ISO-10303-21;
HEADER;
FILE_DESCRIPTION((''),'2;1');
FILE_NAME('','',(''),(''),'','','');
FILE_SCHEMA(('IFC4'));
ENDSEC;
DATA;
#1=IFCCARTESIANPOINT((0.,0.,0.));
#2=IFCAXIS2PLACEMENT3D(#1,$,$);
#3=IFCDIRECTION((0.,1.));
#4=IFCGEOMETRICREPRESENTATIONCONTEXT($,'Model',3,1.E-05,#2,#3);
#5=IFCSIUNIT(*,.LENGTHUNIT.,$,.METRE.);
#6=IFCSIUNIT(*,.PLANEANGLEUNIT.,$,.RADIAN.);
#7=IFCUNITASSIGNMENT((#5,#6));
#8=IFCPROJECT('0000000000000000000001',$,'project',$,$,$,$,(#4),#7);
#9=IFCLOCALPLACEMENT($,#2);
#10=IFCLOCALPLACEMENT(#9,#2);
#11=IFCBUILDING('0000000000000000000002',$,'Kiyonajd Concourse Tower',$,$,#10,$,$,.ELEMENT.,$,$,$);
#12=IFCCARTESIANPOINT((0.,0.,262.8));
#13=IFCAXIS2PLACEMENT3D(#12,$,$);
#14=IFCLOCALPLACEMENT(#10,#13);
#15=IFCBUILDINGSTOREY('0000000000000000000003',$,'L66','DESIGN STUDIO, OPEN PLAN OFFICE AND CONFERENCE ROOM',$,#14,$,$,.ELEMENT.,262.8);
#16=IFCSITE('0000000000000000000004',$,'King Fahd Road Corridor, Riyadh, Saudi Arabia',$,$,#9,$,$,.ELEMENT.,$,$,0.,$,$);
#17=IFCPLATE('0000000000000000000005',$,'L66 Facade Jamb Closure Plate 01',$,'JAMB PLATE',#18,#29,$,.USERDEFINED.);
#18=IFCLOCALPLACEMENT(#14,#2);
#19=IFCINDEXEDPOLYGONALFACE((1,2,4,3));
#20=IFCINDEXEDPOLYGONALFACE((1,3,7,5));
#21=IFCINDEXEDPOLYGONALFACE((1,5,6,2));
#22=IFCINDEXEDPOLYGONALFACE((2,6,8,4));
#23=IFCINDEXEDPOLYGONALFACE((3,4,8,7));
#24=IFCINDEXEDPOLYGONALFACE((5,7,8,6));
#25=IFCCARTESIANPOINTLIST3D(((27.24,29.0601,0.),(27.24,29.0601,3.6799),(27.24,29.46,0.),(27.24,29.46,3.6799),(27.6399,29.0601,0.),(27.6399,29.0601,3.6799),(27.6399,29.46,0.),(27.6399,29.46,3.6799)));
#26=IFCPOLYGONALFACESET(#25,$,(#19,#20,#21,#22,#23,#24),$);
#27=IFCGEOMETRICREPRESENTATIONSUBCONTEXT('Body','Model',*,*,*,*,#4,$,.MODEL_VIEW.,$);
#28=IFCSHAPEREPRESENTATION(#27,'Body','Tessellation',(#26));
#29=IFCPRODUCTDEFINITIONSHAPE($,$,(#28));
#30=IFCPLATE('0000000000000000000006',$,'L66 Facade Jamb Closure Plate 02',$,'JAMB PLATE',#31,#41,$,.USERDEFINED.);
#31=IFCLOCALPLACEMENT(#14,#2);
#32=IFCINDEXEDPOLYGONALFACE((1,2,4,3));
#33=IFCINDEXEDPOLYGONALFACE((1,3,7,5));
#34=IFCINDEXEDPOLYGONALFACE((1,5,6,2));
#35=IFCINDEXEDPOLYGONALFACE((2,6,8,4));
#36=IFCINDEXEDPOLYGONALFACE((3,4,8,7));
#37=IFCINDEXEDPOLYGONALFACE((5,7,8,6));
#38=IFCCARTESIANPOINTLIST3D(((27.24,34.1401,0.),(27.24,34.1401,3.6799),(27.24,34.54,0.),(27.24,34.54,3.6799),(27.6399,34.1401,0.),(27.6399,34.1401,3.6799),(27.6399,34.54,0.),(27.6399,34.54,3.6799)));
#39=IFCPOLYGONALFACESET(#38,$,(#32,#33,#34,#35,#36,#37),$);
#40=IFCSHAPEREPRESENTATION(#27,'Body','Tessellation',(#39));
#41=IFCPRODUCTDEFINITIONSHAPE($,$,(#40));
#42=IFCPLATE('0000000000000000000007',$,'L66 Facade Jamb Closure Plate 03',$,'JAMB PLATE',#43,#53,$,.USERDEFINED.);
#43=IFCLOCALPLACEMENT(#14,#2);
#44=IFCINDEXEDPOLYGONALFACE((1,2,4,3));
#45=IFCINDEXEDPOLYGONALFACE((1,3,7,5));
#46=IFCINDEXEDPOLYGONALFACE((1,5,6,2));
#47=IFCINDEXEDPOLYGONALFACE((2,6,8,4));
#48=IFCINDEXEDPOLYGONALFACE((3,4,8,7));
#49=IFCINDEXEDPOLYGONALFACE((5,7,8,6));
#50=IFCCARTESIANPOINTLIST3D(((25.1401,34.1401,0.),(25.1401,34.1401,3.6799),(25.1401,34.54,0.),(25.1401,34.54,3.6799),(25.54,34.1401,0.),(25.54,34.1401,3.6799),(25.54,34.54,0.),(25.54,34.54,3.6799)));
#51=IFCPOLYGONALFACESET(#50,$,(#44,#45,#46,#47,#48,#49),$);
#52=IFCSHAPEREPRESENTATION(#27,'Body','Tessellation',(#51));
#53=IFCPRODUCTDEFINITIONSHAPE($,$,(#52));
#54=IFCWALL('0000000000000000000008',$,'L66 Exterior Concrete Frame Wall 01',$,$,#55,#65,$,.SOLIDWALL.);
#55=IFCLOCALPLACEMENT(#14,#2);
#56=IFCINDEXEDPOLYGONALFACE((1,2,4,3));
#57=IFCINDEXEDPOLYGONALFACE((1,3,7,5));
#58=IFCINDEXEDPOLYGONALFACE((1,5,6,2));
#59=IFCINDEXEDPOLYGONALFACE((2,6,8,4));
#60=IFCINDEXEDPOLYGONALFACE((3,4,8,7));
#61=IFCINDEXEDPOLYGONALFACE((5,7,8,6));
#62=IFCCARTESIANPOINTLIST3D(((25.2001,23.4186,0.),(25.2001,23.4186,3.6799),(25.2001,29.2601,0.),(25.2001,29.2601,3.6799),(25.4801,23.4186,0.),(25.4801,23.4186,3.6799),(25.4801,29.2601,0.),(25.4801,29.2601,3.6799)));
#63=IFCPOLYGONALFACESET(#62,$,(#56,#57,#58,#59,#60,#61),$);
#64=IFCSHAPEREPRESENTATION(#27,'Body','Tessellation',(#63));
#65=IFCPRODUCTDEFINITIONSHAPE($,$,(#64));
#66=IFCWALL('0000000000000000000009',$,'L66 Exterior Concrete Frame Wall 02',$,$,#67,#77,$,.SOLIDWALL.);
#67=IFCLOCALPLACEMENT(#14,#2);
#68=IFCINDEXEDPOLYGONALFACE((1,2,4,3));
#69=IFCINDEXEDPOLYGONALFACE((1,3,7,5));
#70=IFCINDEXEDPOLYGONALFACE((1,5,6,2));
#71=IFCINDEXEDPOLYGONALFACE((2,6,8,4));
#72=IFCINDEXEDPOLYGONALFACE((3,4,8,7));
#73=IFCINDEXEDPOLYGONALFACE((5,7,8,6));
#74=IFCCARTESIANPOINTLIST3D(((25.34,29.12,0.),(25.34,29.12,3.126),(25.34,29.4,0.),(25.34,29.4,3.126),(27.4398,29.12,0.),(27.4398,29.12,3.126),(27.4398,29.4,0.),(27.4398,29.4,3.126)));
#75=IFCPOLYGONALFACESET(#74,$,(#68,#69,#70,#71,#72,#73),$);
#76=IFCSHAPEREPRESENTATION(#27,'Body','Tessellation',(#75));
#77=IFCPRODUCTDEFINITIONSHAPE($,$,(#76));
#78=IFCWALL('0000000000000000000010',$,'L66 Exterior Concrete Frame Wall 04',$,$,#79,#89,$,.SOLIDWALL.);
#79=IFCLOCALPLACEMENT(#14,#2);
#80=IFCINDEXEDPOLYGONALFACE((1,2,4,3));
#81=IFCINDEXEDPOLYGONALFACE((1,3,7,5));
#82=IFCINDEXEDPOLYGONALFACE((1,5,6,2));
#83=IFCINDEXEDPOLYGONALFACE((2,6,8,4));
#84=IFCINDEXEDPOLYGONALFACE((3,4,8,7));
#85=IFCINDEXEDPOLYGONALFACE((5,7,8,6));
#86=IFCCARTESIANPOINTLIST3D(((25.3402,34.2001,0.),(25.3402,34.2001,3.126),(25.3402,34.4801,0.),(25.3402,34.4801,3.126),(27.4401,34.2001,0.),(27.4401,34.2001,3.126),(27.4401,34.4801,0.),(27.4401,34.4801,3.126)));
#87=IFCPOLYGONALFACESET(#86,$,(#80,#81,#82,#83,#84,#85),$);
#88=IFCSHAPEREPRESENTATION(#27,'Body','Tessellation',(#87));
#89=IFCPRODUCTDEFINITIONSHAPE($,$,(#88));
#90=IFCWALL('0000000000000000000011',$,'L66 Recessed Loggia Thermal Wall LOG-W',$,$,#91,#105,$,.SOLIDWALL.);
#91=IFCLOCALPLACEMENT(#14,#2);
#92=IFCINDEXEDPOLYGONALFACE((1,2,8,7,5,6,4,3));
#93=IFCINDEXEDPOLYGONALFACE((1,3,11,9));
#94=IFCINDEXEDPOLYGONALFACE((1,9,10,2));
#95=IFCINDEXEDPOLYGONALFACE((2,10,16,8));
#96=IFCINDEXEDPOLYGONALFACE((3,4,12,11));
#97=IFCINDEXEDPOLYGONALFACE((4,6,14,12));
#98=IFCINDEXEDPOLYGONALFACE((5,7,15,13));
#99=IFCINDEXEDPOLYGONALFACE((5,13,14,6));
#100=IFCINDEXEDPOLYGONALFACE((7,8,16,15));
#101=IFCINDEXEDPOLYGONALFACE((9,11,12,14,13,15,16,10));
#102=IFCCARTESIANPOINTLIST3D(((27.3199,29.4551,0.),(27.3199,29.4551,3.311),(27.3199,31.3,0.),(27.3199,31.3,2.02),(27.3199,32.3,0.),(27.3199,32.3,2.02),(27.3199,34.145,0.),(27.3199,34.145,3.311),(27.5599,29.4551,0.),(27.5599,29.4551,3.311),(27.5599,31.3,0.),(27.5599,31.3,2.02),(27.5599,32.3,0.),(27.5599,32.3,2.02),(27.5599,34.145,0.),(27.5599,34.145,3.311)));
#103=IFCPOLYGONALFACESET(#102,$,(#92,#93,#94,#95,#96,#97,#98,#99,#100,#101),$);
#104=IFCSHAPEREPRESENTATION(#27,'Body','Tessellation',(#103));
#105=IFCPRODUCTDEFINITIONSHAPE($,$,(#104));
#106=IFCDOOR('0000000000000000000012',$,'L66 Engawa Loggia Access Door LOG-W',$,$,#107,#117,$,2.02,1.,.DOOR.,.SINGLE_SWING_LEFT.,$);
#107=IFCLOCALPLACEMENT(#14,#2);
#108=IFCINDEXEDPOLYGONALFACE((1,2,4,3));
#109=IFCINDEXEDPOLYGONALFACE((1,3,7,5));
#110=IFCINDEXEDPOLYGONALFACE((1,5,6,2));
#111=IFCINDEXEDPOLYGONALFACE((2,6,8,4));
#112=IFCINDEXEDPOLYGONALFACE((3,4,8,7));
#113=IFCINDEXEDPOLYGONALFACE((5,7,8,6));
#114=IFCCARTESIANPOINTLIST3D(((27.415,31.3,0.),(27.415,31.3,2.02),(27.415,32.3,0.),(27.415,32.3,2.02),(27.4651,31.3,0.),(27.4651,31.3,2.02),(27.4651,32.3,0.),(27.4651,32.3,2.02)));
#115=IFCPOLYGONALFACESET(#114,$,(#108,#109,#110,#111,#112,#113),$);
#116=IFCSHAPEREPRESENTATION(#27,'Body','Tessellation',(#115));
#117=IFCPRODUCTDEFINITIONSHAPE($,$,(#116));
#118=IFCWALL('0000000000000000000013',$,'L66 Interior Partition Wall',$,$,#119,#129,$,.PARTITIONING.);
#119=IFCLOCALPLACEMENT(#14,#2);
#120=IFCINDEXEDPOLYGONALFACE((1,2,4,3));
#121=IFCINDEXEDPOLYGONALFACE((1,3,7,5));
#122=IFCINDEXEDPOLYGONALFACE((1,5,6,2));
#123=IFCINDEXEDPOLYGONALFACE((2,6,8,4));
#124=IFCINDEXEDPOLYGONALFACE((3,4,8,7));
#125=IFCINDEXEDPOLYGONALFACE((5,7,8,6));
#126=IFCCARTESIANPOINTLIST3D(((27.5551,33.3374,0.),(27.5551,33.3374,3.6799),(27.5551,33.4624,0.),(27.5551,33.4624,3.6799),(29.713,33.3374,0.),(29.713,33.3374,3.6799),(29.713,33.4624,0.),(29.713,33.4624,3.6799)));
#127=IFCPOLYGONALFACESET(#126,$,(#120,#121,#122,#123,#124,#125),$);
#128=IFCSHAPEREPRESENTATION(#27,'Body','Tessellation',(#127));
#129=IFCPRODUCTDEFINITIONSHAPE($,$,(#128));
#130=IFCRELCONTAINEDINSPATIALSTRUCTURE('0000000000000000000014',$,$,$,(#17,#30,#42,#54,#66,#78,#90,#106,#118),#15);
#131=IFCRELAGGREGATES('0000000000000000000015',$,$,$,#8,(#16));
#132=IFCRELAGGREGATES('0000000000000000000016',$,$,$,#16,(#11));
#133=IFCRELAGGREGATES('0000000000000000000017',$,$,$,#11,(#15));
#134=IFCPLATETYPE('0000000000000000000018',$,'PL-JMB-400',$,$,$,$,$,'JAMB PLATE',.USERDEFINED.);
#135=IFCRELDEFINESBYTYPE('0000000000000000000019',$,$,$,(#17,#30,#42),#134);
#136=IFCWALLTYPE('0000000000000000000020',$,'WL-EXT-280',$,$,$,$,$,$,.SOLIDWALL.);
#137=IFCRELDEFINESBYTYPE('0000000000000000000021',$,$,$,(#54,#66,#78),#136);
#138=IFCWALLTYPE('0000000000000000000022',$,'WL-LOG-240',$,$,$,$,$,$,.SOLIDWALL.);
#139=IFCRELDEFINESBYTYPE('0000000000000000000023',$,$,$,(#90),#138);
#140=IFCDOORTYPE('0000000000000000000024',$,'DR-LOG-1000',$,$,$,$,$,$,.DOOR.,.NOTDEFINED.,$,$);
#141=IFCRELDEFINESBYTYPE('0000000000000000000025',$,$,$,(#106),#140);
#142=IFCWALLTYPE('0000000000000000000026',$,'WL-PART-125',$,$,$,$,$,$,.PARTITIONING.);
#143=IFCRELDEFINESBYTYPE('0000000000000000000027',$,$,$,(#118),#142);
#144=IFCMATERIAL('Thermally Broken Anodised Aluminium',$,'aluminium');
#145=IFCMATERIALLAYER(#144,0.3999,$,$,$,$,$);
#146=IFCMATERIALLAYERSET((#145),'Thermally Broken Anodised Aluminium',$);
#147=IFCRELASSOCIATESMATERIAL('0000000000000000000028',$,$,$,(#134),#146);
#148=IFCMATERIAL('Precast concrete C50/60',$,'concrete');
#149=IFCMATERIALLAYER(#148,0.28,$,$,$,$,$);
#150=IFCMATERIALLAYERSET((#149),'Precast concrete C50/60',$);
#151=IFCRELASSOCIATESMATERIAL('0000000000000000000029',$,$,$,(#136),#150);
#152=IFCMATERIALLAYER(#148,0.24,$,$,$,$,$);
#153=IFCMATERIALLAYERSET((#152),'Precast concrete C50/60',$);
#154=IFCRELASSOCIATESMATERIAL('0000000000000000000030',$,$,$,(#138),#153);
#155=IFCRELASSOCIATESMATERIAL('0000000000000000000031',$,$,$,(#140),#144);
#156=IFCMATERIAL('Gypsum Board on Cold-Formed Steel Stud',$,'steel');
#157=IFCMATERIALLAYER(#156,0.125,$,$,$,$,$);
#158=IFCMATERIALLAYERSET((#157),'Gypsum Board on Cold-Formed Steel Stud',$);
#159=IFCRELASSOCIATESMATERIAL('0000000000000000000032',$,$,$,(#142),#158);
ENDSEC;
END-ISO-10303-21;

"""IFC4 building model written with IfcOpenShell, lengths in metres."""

from ifc_helpers import new_model, si_unit, direction, frame, frame_2d, origin, origin_2d, place, context, subcontext, project, spatial, rectangle, extrude, material, layer, layer_set, type_object, element, fill, save


model = new_model("IFC4")

# Units and contexts
model_context = context("Model", 3, precision=1e-05, world=origin(), true_north=direction((0.0, 1.0)))
body_context = subcontext(model_context, "Body", "Model", "MODEL_VIEW")
ifc_project = project(units=[si_unit("LENGTHUNIT", "METRE"), si_unit("PLANEANGLEUNIT", "RADIAN")], contexts=[model_context])

# Site, building, storey
site_placement = place(None, origin())
site = spatial("IfcSite", under=ifc_project, at=site_placement, Name="King Fahd Road Corridor, Riyadh, Saudi Arabia", CompositionType="ELEMENT", RefElevation=0.0)
building_placement = place(site_placement, origin())
building = spatial("IfcBuilding", under=site, at=building_placement, Name="Kiyonajd Concourse Tower", CompositionType="ELEMENT")
storey_placement = place(building_placement, frame((0.0, 0.0, 262.8)))
storey = spatial("IfcBuildingStorey", under=building, at=storey_placement, Name="L66", Description="DESIGN STUDIO, OPEN PLAN OFFICE AND CONFERENCE ROOM", CompositionType="ELEMENT", Elevation=262.8)

# Plates
ifc_material_1 = material(Name="Thermally Broken Anodised Aluminium", Category="aluminium")
ifc_layer_1 = layer(ifc_material_1, 0.3999)
ifc_layer_set_1 = layer_set([ifc_layer_1], Name="Thermally Broken Anodised Aluminium")
plate_type_1 = type_object("IfcPlateType", Name="PL-JMB-400", ElementType="JAMB PLATE", PredefinedType="USERDEFINED", material=ifc_layer_set_1)
for number, where, z_axis, x_axis, name in (
    (1, (27.4399, 29.26, 0.0), (0.0, 0.0, 1.0), (1.0, 0.0, 0.0), "L66 Facade Jamb Closure Plate 01"),
    (2, (27.4399, 34.3401, 0.0), (0.0, 0.0, 1.0), (1.0, 0.0, 0.0), "L66 Facade Jamb Closure Plate 02"),
    (3, (25.3401, 34.3401, 0.0), (0.0, 0.0, 1.0), (1.0, 0.0, 0.0), "L66 Facade Jamb Closure Plate 03"),
):
    element("IfcPlate", number, at=place(storey_placement, frame(where, z_axis=z_axis, x_axis=x_axis)), inside=storey, type_object=plate_type_1, Name=name, ObjectType="JAMB PLATE", PredefinedType="USERDEFINED", context=body_context, shape_type="SweptSolid", body=[
        extrude(rectangle(XDim=0.3999, YDim=0.3999, at=origin_2d()), origin(), (0.0, 0.0, 1.0), 3.6799),
    ])

# Walls
ifc_material_2 = material(Name="Precast concrete C50/60", Category="concrete")
ifc_layer_2 = layer(ifc_material_2, 0.28)
ifc_layer_set_2 = layer_set([ifc_layer_2], Name="Precast concrete C50/60")
wall_type_1 = type_object("IfcWallType", Name="WL-EXT-280", PredefinedType="SOLIDWALL", material=ifc_layer_set_2)
wall_1_placement = place(storey_placement, frame((25.3401, 23.4185, 0.0), z_axis=(0.0, 0.0, 1.0), x_axis=(0.0, 1.0, 0.0)))
element("IfcWall", 4, at=wall_1_placement, inside=storey, type_object=wall_type_1, Name="L66 Exterior Concrete Frame Wall 01", PredefinedType="SOLIDWALL", context=body_context, shape_type="SweptSolid", body=[
    extrude(rectangle(XDim=5.8416, YDim=0.28, at=frame_2d((2.9209, 0.0))), origin(), (0.0, 0.0, 1.0), 3.6799),
])
for number, where, z_axis, x_axis, name in (
    (5, (25.3401, 29.26, 0.0), (0.0, 0.0, 1.0), (1.0, 0.0, 0.0), "L66 Exterior Concrete Frame Wall 02"),
    (6, (27.4399, 34.3401, 0.0), (0.0, 0.0, 1.0), (-1.0, 0.0, 0.0), "L66 Exterior Concrete Frame Wall 04"),
):
    element("IfcWall", number, at=place(storey_placement, frame(where, z_axis=z_axis, x_axis=x_axis)), inside=storey, type_object=wall_type_1, Name=name, PredefinedType="SOLIDWALL", context=body_context, shape_type="SweptSolid", body=[
        extrude(rectangle(XDim=2.0999, YDim=0.28, at=frame_2d((1.0498, 0.0))), origin(), (0.0, 0.0, 1.0), 3.126),
    ])

# Wall, opening, door
ifc_layer_3 = layer(ifc_material_2, 0.24)
ifc_layer_set_3 = layer_set([ifc_layer_3], Name="Precast concrete C50/60")
wall_type_2 = type_object("IfcWallType", Name="WL-LOG-240", PredefinedType="SOLIDWALL", material=ifc_layer_set_3)
wall_2_placement = place(storey_placement, frame((27.4399, 29.4551, 0.0), z_axis=(0.0, 0.0, 1.0), x_axis=(0.0, 1.0, 0.0)))
wall_2 = element("IfcWall", 7, at=wall_2_placement, inside=storey, type_object=wall_type_2, Name="L66 Recessed Loggia Thermal Wall LOG-W", PredefinedType="SOLIDWALL", context=body_context, shape_type="SweptSolid", body=[
    extrude(rectangle(XDim=4.6899, YDim=0.24, at=frame_2d((2.345, 0.0))), origin(), (0.0, 0.0, 1.0), 3.311),
])
opening_1_placement = place(wall_2_placement, frame((1.845, 0.0, 0.0)))
opening_1 = element("IfcOpeningElement", 8, at=opening_1_placement, cuts=wall_2, PredefinedType="OPENING", context=body_context, shape_type="SweptSolid", body=[
    extrude(rectangle(XDim=1.0, YDim=2.02, at=frame_2d((0.5, 1.01))), frame((0.0, 0.1299, 0.0), z_axis=(0.0, -1.0, 0.0), x_axis=(1.0, 0.0, 0.0)), (0.0, 0.0, 1.0), 0.26),
])
door_type_1 = type_object("IfcDoorType", Name="DR-LOG-1000", OperationType="NOTDEFINED", PredefinedType="DOOR", material=ifc_material_1)
door_1_placement = place(opening_1_placement, origin())
door_1 = element("IfcDoor", 9, at=door_1_placement, inside=storey, type_object=door_type_1, Name="L66 Engawa Loggia Access Door LOG-W", OperationType="SINGLE_SWING_LEFT", OverallHeight=2.02, OverallWidth=1.0, PredefinedType="DOOR", context=body_context, shape_type="SweptSolid", body=[
    extrude(rectangle(XDim=1.0, YDim=2.02, at=frame_2d((0.5, 1.01))), frame((0.0, 0.0249, 0.0), z_axis=(0.0, -1.0, 0.0), x_axis=(1.0, 0.0, 0.0)), (0.0, 0.0, 1.0), 0.05),
])
fill(opening_1, door_1)

# Wall
ifc_material_3 = material(Name="Gypsum Board on Cold-Formed Steel Stud", Category="steel")
ifc_layer_4 = layer(ifc_material_3, 0.125)
ifc_layer_set_4 = layer_set([ifc_layer_4], Name="Gypsum Board on Cold-Formed Steel Stud")
wall_type_3 = type_object("IfcWallType", Name="WL-PART-125", PredefinedType="PARTITIONING", material=ifc_layer_set_4)
wall_3_placement = place(storey_placement, frame((27.5549, 33.3999, 0.0), z_axis=(0.0, 0.0, 1.0), x_axis=(1.0, 0.0, 0.0)))
element("IfcWall", 10, at=wall_3_placement, inside=storey, type_object=wall_type_3, Name="L66 Interior Partition Wall", PredefinedType="PARTITIONING", context=body_context, shape_type="SweptSolid", body=[
    extrude(rectangle(XDim=2.158, YDim=0.125, at=frame_2d((1.0791, 0.0))), origin(), (0.0, 0.0, 1.0), 3.6799),
])

save(model, "model.ifc")
